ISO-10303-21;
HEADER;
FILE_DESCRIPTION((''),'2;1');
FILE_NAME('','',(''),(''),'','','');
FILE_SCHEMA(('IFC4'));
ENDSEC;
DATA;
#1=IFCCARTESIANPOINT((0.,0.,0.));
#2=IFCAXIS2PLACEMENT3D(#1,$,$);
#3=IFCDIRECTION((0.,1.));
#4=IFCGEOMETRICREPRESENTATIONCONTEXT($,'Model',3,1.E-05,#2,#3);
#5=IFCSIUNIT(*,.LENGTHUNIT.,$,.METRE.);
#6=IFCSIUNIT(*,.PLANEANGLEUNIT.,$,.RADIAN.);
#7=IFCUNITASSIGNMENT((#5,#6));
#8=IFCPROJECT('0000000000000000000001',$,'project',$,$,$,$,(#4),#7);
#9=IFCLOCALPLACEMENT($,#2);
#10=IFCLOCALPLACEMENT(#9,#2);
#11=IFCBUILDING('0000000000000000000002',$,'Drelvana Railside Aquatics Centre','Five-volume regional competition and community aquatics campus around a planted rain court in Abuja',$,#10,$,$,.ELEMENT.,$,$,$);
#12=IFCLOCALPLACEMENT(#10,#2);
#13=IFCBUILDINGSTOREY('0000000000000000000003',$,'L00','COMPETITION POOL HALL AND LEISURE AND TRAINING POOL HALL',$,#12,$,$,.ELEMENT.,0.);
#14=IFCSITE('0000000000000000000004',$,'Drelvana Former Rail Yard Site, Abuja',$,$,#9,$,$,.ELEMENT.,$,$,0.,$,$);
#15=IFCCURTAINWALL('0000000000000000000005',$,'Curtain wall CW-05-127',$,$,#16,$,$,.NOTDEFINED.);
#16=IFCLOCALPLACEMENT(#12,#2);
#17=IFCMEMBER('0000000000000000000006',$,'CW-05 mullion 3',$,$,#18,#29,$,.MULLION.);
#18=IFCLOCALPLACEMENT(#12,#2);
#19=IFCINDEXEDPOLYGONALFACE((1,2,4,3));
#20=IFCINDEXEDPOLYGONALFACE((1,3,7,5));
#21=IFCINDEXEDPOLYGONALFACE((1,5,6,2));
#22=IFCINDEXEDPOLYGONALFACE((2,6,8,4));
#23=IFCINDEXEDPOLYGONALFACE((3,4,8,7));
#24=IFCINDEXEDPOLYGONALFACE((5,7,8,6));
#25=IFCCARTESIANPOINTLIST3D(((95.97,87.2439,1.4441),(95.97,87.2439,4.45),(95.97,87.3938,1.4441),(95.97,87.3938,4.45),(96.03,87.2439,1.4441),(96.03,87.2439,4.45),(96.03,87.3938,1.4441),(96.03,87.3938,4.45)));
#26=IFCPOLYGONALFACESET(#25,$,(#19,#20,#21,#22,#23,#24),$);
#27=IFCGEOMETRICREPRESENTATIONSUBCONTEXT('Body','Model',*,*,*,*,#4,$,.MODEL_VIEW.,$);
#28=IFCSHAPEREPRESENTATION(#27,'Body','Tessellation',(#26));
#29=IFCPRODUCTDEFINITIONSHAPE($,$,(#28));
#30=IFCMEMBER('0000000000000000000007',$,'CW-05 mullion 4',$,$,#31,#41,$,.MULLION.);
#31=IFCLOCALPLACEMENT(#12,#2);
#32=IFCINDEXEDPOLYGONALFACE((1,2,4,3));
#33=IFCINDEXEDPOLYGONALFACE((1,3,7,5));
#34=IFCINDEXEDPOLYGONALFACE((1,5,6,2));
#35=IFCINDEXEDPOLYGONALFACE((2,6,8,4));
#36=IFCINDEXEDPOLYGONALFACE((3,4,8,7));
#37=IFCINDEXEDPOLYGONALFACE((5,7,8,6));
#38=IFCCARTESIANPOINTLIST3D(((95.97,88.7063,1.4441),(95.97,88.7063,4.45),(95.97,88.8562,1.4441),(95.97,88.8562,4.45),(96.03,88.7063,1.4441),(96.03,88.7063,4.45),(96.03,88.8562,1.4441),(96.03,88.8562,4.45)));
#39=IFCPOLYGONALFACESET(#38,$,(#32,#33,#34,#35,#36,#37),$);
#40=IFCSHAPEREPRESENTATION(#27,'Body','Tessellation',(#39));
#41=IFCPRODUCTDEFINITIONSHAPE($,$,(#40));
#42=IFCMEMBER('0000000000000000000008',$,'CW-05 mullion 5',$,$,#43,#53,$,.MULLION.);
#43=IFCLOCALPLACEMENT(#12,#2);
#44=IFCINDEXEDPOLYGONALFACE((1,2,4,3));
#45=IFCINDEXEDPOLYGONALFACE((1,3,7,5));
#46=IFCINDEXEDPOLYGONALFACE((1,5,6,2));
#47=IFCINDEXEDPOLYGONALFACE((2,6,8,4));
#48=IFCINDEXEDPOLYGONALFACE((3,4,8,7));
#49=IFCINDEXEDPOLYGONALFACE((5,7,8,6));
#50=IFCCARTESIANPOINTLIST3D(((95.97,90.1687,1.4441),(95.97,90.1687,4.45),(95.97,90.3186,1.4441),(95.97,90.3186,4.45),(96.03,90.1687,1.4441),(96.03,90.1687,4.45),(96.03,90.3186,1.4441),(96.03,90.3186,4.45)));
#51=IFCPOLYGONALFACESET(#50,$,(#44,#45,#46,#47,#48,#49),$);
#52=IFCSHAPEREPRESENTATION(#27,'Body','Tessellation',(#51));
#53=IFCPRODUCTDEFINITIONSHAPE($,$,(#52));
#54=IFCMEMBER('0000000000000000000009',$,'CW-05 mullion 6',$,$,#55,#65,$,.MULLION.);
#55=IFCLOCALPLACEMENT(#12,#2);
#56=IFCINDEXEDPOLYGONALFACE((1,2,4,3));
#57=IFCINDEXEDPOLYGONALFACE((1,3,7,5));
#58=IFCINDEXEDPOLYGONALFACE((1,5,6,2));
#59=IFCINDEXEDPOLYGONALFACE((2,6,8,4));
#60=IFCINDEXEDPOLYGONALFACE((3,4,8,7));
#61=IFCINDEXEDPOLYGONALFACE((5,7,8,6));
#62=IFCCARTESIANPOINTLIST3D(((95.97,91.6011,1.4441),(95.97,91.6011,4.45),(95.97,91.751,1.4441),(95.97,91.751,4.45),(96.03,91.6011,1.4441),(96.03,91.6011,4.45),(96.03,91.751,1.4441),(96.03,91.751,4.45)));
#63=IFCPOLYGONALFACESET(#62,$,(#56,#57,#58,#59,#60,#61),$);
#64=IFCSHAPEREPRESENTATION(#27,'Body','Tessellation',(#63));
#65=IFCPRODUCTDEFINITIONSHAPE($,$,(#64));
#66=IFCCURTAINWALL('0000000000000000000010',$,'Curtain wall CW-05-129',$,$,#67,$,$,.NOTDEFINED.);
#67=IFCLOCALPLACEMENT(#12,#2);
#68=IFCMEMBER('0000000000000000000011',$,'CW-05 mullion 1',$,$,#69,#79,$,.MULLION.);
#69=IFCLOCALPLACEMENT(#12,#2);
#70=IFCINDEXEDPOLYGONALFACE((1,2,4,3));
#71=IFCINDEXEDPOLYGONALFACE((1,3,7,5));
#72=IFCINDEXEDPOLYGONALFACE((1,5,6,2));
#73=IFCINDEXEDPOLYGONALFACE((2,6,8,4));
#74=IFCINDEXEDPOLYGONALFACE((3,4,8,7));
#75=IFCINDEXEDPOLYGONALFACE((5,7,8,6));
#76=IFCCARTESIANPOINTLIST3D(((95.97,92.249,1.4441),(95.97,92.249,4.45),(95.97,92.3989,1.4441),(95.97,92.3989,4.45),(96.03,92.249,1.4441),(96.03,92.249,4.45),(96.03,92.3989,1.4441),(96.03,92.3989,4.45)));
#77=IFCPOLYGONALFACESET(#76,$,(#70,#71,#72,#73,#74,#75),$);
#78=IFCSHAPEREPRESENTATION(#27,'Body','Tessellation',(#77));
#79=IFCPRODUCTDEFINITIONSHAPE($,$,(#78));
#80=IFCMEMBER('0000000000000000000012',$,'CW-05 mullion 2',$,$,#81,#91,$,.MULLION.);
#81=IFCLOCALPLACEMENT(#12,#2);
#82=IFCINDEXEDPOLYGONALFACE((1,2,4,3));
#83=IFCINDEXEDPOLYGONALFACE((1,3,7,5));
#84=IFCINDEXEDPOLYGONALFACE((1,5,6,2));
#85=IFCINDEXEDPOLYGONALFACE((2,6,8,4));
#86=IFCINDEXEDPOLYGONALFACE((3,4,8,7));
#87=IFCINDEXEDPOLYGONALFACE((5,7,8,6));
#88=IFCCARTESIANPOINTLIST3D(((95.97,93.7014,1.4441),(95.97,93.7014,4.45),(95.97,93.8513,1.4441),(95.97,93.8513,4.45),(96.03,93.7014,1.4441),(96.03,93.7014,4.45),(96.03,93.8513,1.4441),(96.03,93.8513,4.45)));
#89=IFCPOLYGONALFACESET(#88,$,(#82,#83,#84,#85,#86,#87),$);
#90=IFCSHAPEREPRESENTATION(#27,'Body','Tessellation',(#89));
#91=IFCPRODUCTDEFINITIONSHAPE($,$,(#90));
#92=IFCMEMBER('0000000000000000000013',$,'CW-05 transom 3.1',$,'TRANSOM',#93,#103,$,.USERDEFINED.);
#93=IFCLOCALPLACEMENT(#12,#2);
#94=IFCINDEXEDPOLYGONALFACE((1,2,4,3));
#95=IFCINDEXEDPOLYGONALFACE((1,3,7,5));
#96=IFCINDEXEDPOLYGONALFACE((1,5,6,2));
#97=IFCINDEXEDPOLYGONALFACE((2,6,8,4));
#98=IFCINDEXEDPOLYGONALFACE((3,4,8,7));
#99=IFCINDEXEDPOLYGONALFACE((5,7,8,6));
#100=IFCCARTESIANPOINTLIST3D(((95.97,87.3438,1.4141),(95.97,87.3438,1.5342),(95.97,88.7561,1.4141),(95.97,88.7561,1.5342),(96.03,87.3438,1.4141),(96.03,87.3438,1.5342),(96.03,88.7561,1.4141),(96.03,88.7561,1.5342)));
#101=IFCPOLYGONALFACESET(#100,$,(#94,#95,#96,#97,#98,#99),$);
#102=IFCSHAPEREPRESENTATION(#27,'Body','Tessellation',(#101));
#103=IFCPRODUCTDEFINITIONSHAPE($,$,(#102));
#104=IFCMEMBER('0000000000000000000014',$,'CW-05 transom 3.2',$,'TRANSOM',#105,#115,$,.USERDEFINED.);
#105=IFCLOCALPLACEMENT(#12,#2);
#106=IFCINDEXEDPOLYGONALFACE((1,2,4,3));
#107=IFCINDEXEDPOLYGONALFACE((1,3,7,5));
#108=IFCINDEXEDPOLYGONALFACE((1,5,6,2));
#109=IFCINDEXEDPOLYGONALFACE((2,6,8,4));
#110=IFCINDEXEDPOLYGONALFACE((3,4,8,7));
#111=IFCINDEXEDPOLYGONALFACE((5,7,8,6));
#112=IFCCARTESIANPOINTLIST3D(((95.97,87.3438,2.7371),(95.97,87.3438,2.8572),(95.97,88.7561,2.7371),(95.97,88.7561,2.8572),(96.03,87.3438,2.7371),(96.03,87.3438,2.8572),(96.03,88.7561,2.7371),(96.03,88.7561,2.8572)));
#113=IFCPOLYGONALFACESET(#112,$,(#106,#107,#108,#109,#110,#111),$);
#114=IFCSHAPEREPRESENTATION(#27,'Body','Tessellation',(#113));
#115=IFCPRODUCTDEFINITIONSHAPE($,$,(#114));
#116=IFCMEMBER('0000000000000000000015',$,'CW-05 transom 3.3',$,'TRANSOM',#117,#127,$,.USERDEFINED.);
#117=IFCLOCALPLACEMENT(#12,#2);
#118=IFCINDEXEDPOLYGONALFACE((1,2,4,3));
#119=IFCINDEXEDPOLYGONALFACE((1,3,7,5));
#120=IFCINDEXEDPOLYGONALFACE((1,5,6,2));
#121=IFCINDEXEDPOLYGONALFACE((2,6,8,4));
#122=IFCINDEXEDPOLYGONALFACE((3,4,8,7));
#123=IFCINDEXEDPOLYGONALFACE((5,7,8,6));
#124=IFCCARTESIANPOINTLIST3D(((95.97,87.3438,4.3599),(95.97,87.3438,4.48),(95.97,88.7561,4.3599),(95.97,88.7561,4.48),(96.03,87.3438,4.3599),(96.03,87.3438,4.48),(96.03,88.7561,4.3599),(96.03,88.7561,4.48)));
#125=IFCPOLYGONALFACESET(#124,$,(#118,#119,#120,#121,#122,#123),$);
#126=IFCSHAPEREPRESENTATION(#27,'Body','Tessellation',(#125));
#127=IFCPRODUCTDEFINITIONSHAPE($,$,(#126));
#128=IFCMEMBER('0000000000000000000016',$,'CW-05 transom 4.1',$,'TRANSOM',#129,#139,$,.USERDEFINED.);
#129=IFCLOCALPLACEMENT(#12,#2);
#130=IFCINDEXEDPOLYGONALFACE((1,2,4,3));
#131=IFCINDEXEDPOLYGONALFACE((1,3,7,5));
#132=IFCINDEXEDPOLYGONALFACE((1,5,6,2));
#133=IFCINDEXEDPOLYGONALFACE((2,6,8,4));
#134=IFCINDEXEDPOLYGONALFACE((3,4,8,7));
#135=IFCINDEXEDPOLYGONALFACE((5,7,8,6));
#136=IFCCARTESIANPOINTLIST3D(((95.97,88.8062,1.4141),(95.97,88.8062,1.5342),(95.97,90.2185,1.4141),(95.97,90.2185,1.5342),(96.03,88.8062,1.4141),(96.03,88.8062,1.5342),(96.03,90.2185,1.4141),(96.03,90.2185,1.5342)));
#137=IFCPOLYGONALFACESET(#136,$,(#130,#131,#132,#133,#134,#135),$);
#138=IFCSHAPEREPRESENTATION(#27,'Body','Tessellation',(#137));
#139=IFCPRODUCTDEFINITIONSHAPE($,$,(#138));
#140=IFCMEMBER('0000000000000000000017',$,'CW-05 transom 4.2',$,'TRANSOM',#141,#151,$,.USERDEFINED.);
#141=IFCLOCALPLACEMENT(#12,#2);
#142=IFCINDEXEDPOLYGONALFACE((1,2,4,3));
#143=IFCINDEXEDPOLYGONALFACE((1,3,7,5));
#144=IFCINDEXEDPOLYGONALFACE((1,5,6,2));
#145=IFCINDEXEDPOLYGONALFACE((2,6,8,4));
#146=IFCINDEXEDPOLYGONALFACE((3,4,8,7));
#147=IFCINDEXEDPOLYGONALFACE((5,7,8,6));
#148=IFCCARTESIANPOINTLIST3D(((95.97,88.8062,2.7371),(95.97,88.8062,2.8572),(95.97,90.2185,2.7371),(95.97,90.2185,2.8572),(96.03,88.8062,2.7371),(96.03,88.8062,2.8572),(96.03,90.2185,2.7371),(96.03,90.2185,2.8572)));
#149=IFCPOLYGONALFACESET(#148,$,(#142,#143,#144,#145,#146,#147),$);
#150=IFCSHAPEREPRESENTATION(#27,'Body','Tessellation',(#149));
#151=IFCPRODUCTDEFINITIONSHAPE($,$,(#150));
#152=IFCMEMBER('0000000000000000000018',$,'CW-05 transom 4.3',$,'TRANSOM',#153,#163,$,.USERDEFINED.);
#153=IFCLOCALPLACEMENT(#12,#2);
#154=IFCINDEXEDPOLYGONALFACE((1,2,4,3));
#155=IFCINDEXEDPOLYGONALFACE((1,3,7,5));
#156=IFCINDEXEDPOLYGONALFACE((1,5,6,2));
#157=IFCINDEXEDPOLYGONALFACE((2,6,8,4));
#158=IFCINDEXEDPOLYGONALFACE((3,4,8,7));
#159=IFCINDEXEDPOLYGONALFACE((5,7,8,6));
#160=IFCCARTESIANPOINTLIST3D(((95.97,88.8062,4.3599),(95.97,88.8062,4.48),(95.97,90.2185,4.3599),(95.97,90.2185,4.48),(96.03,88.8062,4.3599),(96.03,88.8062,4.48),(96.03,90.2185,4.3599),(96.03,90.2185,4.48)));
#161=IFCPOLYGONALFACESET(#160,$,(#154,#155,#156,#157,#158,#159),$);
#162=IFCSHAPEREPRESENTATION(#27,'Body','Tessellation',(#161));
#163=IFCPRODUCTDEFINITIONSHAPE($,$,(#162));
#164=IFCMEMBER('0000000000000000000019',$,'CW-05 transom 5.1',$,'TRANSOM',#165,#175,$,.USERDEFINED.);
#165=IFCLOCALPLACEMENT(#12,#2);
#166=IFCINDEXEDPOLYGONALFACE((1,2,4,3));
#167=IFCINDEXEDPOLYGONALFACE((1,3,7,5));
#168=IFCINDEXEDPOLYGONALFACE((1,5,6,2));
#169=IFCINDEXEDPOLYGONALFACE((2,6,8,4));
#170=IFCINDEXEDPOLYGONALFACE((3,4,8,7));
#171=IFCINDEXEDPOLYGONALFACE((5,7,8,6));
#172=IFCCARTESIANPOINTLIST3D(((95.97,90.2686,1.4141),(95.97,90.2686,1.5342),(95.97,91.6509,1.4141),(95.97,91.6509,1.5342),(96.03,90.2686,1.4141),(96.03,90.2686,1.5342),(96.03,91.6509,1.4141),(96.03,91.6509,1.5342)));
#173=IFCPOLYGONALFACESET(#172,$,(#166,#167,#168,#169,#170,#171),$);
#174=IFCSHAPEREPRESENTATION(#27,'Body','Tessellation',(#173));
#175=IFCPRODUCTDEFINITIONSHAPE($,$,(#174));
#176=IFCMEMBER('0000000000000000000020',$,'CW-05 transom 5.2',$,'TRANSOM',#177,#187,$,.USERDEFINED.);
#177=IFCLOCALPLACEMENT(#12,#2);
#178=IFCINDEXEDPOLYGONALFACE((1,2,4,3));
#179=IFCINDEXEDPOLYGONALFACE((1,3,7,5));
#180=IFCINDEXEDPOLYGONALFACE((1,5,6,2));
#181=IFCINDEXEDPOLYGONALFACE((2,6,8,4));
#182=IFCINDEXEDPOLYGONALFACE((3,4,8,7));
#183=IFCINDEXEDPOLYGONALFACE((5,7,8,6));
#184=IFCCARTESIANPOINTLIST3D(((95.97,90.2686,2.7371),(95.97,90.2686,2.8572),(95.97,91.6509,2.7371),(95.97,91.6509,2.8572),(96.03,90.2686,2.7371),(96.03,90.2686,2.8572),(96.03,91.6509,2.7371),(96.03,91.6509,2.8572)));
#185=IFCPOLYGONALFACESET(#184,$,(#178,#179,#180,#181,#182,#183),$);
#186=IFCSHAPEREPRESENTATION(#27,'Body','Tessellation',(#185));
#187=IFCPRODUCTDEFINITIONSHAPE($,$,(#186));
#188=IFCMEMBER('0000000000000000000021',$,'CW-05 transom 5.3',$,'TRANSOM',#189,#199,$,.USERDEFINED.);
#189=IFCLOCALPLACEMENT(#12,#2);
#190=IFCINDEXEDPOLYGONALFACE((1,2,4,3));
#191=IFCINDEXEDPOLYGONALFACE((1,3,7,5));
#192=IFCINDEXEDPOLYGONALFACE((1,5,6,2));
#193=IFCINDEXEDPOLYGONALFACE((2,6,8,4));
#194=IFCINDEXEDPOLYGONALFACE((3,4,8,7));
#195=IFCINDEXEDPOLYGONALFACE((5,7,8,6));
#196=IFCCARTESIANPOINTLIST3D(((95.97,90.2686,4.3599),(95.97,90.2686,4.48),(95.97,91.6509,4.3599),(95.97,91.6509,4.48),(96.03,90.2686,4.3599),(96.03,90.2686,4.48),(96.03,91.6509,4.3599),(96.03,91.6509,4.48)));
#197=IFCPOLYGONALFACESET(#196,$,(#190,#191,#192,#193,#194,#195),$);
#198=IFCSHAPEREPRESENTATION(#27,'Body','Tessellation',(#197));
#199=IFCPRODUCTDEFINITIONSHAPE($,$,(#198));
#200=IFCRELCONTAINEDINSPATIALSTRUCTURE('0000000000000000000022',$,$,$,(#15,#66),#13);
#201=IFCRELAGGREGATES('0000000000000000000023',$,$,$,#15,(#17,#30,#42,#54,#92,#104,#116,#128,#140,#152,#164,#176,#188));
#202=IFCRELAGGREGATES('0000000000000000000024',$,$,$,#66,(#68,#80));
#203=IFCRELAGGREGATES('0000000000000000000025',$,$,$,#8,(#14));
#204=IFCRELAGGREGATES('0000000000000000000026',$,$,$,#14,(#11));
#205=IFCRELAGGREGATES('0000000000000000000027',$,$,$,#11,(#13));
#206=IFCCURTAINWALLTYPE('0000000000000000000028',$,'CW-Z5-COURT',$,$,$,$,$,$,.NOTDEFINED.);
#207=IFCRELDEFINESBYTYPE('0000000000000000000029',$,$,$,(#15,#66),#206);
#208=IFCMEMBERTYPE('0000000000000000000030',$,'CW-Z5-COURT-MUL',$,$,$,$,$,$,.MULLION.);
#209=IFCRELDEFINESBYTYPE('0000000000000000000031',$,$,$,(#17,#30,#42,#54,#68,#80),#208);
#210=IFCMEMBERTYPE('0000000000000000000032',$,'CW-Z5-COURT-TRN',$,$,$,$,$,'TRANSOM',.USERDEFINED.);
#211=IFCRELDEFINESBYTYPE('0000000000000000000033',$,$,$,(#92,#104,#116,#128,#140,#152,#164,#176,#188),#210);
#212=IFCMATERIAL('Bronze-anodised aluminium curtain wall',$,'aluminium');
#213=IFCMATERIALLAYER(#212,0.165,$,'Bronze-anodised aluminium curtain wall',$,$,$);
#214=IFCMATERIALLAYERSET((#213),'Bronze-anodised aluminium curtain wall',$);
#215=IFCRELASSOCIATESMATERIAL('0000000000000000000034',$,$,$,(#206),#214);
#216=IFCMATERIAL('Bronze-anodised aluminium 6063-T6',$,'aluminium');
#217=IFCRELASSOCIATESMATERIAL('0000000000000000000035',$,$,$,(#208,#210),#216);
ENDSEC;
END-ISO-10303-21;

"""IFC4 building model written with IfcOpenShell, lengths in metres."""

from ifc_helpers import new_model, si_unit, direction, frame, origin, origin_2d, place, context, subcontext, project, spatial, rectangle, extrude, material, layer, layer_set, material_profile, profile_set, type_object, element, aggregate, save


model = new_model("IFC4")

# Units and contexts
model_context = context("Model", 3, precision=1e-05, world=origin(), true_north=direction((0.0, 1.0)))
body_context = subcontext(model_context, "Body", "Model", "MODEL_VIEW")
ifc_project = project(units=[si_unit("LENGTHUNIT", "METRE"), si_unit("PLANEANGLEUNIT", "RADIAN")], contexts=[model_context])

# Site, building, storey
site_placement = place(None, origin())
site = spatial("IfcSite", under=ifc_project, at=site_placement, Name="Drelvana Former Rail Yard Site, Abuja", CompositionType="ELEMENT", RefElevation=0.0)
building_placement = place(site_placement, origin())
building = spatial("IfcBuilding", under=site, at=building_placement, Name="Drelvana Railside Aquatics Centre", Description="Five-volume regional competition and community aquatics campus around a planted rain court in Abuja", CompositionType="ELEMENT")
storey_placement = place(building_placement, origin())
storey = spatial("IfcBuildingStorey", under=building, at=storey_placement, Name="L00", Description="COMPETITION POOL HALL AND LEISURE AND TRAINING POOL HALL", CompositionType="ELEMENT", Elevation=0.0)

# Curtain walls, members
ifc_material_1 = material(Name="Bronze-anodised aluminium curtain wall", Category="aluminium")
ifc_layer_1 = layer(ifc_material_1, 0.165, Name="Bronze-anodised aluminium curtain wall")
ifc_layer_set_1 = layer_set([ifc_layer_1], Name="Bronze-anodised aluminium curtain wall")
curtain_wall_type = type_object("IfcCurtainWallType", Name="CW-Z5-COURT", PredefinedType="NOTDEFINED", material=ifc_layer_set_1)
curtain_wall_1_placement = place(storey_placement, origin())
curtain_wall_1 = element("IfcCurtainWall", 1, at=curtain_wall_1_placement, inside=storey, type_object=curtain_wall_type, Name="Curtain wall CW-05-127", PredefinedType="NOTDEFINED")
ifc_material_2 = material(Name="Bronze-anodised aluminium 6063-T6", Category="aluminium")
ifc_material_profile_1 = material_profile(ifc_material_2, rectangle(XDim=0.0601, YDim=0.1499, at=origin_2d()), Name="ALU-M 60x150")
ifc_profile_set_1 = profile_set([ifc_material_profile_1], Name="Bronze-anodised aluminium 6063-T6")
member_type_1 = type_object("IfcMemberType", Name="CW-Z5-COURT-MUL", PredefinedType="MULLION", material=ifc_profile_set_1)
member_1_placement = place(storey_placement, frame((96.0, 87.3188, 1.4441), z_axis=(0.0, 0.0, 1.0), x_axis=(-1.0, 0.0, 0.0)))
member_1 = element("IfcMember", 2, at=member_1_placement, type_object=member_type_1, Name="CW-05 mullion 3", PredefinedType="MULLION", context=body_context, shape_type="SweptSolid", body=[
    extrude(rectangle(XDim=0.0601, YDim=0.1499, at=origin_2d()), origin(), (0.0, 0.0, 1.0), 3.0059),
])
member_2_placement = place(storey_placement, frame((96.0, 88.7812, 1.4441), z_axis=(0.0, 0.0, 1.0), x_axis=(-1.0, 0.0, 0.0)))
member_2 = element("IfcMember", 3, at=member_2_placement, type_object=member_type_1, Name="CW-05 mullion 4", PredefinedType="MULLION", context=body_context, shape_type="SweptSolid", body=[
    extrude(rectangle(XDim=0.0601, YDim=0.1499, at=origin_2d()), origin(), (0.0, 0.0, 1.0), 3.0059),
])
member_3_placement = place(storey_placement, frame((96.0, 90.2437, 1.4441), z_axis=(0.0, 0.0, 1.0), x_axis=(-1.0, 0.0, 0.0)))
member_3 = element("IfcMember", 4, at=member_3_placement, type_object=member_type_1, Name="CW-05 mullion 5", PredefinedType="MULLION", context=body_context, shape_type="SweptSolid", body=[
    extrude(rectangle(XDim=0.0601, YDim=0.1499, at=origin_2d()), origin(), (0.0, 0.0, 1.0), 3.0059),
])
member_4_placement = place(storey_placement, frame((96.0, 91.676, 1.4441), z_axis=(0.0, 0.0, 1.0), x_axis=(-1.0, 0.0, 0.0)))
member_4 = element("IfcMember", 5, at=member_4_placement, type_object=member_type_1, Name="CW-05 mullion 6", PredefinedType="MULLION", context=body_context, shape_type="SweptSolid", body=[
    extrude(rectangle(XDim=0.0601, YDim=0.1499, at=origin_2d()), origin(), (0.0, 0.0, 1.0), 3.0059),
])
curtain_wall_2_placement = place(storey_placement, origin())
curtain_wall_2 = element("IfcCurtainWall", 6, at=curtain_wall_2_placement, inside=storey, type_object=curtain_wall_type, Name="Curtain wall CW-05-129", PredefinedType="NOTDEFINED")
member_5_placement = place(storey_placement, frame((96.0, 92.324, 1.4441), z_axis=(0.0, 0.0, 1.0), x_axis=(-1.0, 0.0, 0.0)))
member_5 = element("IfcMember", 7, at=member_5_placement, type_object=member_type_1, Name="CW-05 mullion 1", PredefinedType="MULLION", context=body_context, shape_type="SweptSolid", body=[
    extrude(rectangle(XDim=0.0601, YDim=0.1499, at=origin_2d()), origin(), (0.0, 0.0, 1.0), 3.0059),
])
member_6_placement = place(storey_placement, frame((96.0, 93.7764, 1.4441), z_axis=(0.0, 0.0, 1.0), x_axis=(-1.0, 0.0, 0.0)))
member_6 = element("IfcMember", 8, at=member_6_placement, type_object=member_type_1, Name="CW-05 mullion 2", PredefinedType="MULLION", context=body_context, shape_type="SweptSolid", body=[
    extrude(rectangle(XDim=0.0601, YDim=0.1499, at=origin_2d()), origin(), (0.0, 0.0, 1.0), 3.0059),
])

# Members
ifc_material_profile_2 = material_profile(ifc_material_2, rectangle(XDim=0.1201, YDim=0.0601, at=origin_2d()), Name="ALU-T 60x120")
ifc_profile_set_2 = profile_set([ifc_material_profile_2], Name="Bronze-anodised aluminium 6063-T6")
member_type_2 = type_object("IfcMemberType", Name="CW-Z5-COURT-TRN", ElementType="TRANSOM", PredefinedType="USERDEFINED", material=ifc_profile_set_2)
member_7_placement = place(storey_placement, frame((96.0, 87.3438, 1.4741), z_axis=(0.0, 1.0, 0.0), x_axis=(0.0, 0.0, 1.0)))
member_7 = element("IfcMember", 9, at=member_7_placement, type_object=member_type_2, Name="CW-05 transom 3.1", ObjectType="TRANSOM", PredefinedType="USERDEFINED", context=body_context, shape_type="SweptSolid", body=[
    extrude(rectangle(XDim=0.1201, YDim=0.0601, at=origin_2d()), origin(), (0.0, 0.0, 1.0), 1.4124),
])
member_8_placement = place(storey_placement, frame((96.0, 87.3438, 2.7971), z_axis=(0.0, 1.0, 0.0), x_axis=(0.0, 0.0, 1.0)))
member_8 = element("IfcMember", 10, at=member_8_placement, type_object=member_type_2, Name="CW-05 transom 3.2", ObjectType="TRANSOM", PredefinedType="USERDEFINED", context=body_context, shape_type="SweptSolid", body=[
    extrude(rectangle(XDim=0.1201, YDim=0.0601, at=origin_2d()), origin(), (0.0, 0.0, 1.0), 1.4124),
])
member_9_placement = place(storey_placement, frame((96.0, 87.3438, 4.4199), z_axis=(0.0, 1.0, 0.0), x_axis=(0.0, 0.0, 1.0)))
member_9 = element("IfcMember", 11, at=member_9_placement, type_object=member_type_2, Name="CW-05 transom 3.3", ObjectType="TRANSOM", PredefinedType="USERDEFINED", context=body_context, shape_type="SweptSolid", body=[
    extrude(rectangle(XDim=0.1201, YDim=0.0601, at=origin_2d()), origin(), (0.0, 0.0, 1.0), 1.4124),
])
member_10_placement = place(storey_placement, frame((96.0, 88.8062, 1.4741), z_axis=(0.0, 1.0, 0.0), x_axis=(0.0, 0.0, 1.0)))
member_10 = element("IfcMember", 12, at=member_10_placement, type_object=member_type_2, Name="CW-05 transom 4.1", ObjectType="TRANSOM", PredefinedType="USERDEFINED", context=body_context, shape_type="SweptSolid", body=[
    extrude(rectangle(XDim=0.1201, YDim=0.0601, at=origin_2d()), origin(), (0.0, 0.0, 1.0), 1.4124),
])
member_11_placement = place(storey_placement, frame((96.0, 88.8062, 2.7971), z_axis=(0.0, 1.0, 0.0), x_axis=(0.0, 0.0, 1.0)))
member_11 = element("IfcMember", 13, at=member_11_placement, type_object=member_type_2, Name="CW-05 transom 4.2", ObjectType="TRANSOM", PredefinedType="USERDEFINED", context=body_context, shape_type="SweptSolid", body=[
    extrude(rectangle(XDim=0.1201, YDim=0.0601, at=origin_2d()), origin(), (0.0, 0.0, 1.0), 1.4124),
])
member_12_placement = place(storey_placement, frame((96.0, 88.8062, 4.4199), z_axis=(0.0, 1.0, 0.0), x_axis=(0.0, 0.0, 1.0)))
member_12 = element("IfcMember", 14, at=member_12_placement, type_object=member_type_2, Name="CW-05 transom 4.3", ObjectType="TRANSOM", PredefinedType="USERDEFINED", context=body_context, shape_type="SweptSolid", body=[
    extrude(rectangle(XDim=0.1201, YDim=0.0601, at=origin_2d()), origin(), (0.0, 0.0, 1.0), 1.4124),
])
member_13_placement = place(storey_placement, frame((96.0, 90.2686, 1.4741), z_axis=(0.0, 1.0, 0.0), x_axis=(0.0, 0.0, 1.0)))
member_13 = element("IfcMember", 15, at=member_13_placement, type_object=member_type_2, Name="CW-05 transom 5.1", ObjectType="TRANSOM", PredefinedType="USERDEFINED", context=body_context, shape_type="SweptSolid", body=[
    extrude(rectangle(XDim=0.1201, YDim=0.0601, at=origin_2d()), origin(), (0.0, 0.0, 1.0), 1.3823),
])
member_14_placement = place(storey_placement, frame((96.0, 90.2686, 2.7971), z_axis=(0.0, 1.0, 0.0), x_axis=(0.0, 0.0, 1.0)))
member_14 = element("IfcMember", 16, at=member_14_placement, type_object=member_type_2, Name="CW-05 transom 5.2", ObjectType="TRANSOM", PredefinedType="USERDEFINED", context=body_context, shape_type="SweptSolid", body=[
    extrude(rectangle(XDim=0.1201, YDim=0.0601, at=origin_2d()), origin(), (0.0, 0.0, 1.0), 1.3823),
])
member_15_placement = place(storey_placement, frame((96.0, 90.2686, 4.4199), z_axis=(0.0, 1.0, 0.0), x_axis=(0.0, 0.0, 1.0)))
member_15 = element("IfcMember", 17, at=member_15_placement, type_object=member_type_2, Name="CW-05 transom 5.3", ObjectType="TRANSOM", PredefinedType="USERDEFINED", context=body_context, shape_type="SweptSolid", body=[
    extrude(rectangle(XDim=0.1201, YDim=0.0601, at=origin_2d()), origin(), (0.0, 0.0, 1.0), 1.3823),
])

aggregate(curtain_wall_1, [member_1, member_2, member_3, member_4, member_7, member_8, member_9, member_10, member_11, member_12, member_13, member_14, member_15])
aggregate(curtain_wall_2, [member_5, member_6])

save(model, "model.ifc")
